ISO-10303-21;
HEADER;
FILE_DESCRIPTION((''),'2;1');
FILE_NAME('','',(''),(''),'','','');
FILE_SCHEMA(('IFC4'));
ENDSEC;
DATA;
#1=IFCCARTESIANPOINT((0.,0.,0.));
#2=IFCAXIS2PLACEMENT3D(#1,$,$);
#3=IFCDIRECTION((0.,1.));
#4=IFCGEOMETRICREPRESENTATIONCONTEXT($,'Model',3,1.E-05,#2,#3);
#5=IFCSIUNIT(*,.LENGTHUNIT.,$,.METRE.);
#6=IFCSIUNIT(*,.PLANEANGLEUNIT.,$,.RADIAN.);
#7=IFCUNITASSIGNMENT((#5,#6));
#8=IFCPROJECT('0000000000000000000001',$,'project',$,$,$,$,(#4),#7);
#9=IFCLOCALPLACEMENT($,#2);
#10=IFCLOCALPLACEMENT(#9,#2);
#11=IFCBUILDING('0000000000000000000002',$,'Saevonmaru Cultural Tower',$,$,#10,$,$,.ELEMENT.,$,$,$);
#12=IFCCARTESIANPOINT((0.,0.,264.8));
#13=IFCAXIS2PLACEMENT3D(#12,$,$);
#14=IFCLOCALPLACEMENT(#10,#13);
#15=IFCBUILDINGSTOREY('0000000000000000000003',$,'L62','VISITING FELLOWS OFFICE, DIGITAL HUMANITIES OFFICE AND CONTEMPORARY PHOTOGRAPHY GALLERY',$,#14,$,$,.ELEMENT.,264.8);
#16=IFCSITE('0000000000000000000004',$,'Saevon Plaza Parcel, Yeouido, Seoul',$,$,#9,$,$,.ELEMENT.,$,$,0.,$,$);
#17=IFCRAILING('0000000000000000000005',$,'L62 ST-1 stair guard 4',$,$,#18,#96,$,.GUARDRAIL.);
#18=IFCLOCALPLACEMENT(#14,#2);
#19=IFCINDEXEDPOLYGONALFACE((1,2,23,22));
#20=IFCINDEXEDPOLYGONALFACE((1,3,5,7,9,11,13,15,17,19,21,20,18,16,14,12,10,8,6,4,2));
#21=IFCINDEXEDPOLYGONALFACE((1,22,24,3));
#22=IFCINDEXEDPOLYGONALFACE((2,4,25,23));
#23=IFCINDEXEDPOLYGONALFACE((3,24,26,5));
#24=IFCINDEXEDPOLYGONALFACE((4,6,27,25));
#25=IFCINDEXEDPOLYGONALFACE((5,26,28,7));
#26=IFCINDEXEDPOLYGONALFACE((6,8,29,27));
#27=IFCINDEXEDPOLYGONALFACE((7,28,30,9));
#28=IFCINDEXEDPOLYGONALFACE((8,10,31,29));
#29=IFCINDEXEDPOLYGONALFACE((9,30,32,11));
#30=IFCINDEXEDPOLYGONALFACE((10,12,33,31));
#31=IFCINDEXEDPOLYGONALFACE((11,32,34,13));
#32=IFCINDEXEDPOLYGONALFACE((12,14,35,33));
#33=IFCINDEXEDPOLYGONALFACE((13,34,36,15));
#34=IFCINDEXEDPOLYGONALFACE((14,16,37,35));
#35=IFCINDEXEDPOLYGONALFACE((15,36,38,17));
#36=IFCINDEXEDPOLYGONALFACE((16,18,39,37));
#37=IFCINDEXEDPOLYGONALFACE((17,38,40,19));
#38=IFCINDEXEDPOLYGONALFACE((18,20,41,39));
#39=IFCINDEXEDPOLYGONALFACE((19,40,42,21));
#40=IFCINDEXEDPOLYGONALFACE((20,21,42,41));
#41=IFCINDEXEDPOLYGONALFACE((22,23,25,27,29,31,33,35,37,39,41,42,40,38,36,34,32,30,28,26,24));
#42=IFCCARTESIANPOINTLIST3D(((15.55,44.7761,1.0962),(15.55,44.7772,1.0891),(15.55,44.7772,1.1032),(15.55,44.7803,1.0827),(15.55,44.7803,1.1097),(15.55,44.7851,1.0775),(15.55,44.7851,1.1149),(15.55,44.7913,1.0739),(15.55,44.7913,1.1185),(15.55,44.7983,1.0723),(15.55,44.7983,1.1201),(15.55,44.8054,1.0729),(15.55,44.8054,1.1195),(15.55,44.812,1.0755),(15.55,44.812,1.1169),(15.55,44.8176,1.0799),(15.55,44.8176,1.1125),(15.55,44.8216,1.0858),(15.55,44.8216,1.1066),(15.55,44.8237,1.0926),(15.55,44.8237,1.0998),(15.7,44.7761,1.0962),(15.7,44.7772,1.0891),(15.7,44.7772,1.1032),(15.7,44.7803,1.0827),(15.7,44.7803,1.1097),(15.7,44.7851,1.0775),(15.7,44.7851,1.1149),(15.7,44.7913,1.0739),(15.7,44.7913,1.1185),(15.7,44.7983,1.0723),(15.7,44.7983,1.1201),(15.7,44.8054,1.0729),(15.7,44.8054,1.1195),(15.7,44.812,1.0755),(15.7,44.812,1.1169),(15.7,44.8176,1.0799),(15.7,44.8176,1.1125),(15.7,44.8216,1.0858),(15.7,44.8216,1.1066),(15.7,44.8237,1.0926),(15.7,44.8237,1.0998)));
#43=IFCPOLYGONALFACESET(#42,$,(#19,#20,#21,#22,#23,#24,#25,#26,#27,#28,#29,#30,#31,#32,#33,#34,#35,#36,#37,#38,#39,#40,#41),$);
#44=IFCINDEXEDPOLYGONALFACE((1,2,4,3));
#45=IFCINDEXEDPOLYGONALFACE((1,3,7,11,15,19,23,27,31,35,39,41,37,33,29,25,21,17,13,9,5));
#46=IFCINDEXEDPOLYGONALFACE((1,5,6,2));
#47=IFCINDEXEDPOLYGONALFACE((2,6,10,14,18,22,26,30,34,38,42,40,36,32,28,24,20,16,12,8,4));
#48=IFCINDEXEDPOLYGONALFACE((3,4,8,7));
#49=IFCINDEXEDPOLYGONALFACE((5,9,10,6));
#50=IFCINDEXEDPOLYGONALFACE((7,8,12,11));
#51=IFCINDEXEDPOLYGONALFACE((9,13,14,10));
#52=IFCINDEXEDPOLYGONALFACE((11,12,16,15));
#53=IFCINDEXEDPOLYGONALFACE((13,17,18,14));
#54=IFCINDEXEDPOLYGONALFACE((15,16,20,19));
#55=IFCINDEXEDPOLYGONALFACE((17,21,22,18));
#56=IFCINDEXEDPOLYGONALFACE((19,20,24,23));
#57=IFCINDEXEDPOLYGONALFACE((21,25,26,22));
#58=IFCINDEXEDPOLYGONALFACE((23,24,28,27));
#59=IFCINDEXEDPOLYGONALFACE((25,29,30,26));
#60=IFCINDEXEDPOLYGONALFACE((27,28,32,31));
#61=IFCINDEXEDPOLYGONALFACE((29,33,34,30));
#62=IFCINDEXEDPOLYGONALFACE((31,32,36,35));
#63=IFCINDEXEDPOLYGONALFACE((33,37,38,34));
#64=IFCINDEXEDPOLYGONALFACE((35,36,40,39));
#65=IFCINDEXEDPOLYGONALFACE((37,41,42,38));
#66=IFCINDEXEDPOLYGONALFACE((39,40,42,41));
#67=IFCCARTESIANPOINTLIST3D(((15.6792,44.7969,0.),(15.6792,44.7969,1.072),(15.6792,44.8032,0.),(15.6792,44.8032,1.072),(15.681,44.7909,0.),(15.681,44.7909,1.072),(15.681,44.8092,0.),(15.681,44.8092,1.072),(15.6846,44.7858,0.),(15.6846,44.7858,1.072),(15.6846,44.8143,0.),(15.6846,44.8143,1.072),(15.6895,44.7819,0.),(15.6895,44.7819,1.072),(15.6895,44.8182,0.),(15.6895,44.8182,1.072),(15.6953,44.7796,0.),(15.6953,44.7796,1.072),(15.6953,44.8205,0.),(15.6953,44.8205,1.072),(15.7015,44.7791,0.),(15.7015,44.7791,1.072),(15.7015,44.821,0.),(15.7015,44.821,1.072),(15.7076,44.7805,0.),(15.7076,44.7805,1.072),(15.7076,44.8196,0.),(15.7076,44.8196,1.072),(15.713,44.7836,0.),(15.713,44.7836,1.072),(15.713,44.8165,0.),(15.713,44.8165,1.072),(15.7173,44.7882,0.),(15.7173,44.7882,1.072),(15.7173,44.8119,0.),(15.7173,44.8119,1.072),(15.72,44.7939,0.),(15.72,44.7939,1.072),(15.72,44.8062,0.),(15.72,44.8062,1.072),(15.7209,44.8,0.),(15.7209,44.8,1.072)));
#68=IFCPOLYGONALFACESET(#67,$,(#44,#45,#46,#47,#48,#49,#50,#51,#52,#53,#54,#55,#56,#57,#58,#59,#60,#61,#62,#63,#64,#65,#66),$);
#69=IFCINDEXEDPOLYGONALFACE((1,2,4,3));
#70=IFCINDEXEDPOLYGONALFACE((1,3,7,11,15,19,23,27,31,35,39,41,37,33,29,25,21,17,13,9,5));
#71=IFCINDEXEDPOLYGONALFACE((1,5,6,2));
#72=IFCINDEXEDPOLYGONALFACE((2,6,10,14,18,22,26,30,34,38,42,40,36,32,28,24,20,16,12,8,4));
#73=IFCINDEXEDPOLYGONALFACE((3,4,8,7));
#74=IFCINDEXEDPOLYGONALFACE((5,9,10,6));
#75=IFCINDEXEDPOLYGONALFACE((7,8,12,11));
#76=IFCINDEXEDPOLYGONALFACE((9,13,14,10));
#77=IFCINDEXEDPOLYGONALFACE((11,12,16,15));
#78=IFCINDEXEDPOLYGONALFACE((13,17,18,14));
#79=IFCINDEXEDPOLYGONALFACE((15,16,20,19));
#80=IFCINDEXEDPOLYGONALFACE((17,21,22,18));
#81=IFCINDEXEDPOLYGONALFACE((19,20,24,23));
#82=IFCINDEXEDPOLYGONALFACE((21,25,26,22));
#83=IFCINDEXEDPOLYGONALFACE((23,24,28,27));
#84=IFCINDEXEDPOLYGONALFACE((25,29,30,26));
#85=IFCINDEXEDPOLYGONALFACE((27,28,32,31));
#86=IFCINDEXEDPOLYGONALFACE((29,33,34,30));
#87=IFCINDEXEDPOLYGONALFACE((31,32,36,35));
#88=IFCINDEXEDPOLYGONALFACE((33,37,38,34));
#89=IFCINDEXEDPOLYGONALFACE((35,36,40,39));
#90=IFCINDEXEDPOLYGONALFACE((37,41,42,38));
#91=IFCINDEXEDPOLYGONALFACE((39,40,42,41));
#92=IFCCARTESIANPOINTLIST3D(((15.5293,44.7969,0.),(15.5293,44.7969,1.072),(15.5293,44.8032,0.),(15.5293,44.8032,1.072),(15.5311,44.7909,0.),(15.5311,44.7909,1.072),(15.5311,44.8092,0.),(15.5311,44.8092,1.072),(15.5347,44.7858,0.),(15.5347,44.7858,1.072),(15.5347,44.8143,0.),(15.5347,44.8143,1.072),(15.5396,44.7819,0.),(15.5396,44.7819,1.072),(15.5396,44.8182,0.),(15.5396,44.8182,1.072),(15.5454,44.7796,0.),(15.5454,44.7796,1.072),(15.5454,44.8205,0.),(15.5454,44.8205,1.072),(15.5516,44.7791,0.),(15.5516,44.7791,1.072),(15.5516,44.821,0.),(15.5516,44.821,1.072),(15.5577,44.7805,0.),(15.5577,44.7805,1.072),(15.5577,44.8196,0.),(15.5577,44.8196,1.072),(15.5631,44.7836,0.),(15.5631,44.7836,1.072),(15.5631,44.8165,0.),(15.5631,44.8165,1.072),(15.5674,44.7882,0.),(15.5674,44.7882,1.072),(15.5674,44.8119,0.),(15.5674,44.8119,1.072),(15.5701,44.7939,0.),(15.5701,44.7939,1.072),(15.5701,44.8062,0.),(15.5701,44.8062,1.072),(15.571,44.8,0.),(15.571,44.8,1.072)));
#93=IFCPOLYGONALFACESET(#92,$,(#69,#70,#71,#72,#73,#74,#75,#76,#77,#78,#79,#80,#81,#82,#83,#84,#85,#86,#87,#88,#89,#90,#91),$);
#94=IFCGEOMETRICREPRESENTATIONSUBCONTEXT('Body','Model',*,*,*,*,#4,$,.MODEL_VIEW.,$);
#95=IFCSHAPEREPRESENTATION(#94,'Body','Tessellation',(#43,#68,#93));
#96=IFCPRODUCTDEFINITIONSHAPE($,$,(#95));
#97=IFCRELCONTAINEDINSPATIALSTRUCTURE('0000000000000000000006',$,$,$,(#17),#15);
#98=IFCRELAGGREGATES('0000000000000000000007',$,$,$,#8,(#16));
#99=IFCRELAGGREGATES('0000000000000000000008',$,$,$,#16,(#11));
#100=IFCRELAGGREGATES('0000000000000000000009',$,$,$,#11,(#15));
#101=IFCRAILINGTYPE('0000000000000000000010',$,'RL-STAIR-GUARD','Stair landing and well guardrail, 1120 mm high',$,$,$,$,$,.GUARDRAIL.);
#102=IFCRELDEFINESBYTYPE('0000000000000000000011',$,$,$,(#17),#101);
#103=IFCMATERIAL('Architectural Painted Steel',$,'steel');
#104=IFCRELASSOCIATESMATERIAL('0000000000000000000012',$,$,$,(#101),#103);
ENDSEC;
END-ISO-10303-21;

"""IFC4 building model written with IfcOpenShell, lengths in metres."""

from ifc_helpers import new_model, si_unit, direction, frame, origin, origin_2d, place, context, subcontext, project, spatial, circle, extrude, material, type_object, element, save


model = new_model("IFC4")

# Units and contexts
model_context = context("Model", 3, precision=1e-05, world=origin(), true_north=direction((0.0, 1.0)))
body_context = subcontext(model_context, "Body", "Model", "MODEL_VIEW")
ifc_project = project(units=[si_unit("LENGTHUNIT", "METRE"), si_unit("PLANEANGLEUNIT", "RADIAN")], contexts=[model_context])

# Site, building, storey
site_placement = place(None, origin())
site = spatial("IfcSite", under=ifc_project, at=site_placement, Name="Saevon Plaza Parcel, Yeouido, Seoul", CompositionType="ELEMENT", RefElevation=0.0)
building_placement = place(site_placement, origin())
building = spatial("IfcBuilding", under=site, at=building_placement, Name="Saevonmaru Cultural Tower", CompositionType="ELEMENT")
storey_placement = place(building_placement, frame((0.0, 0.0, 264.8)))
storey = spatial("IfcBuildingStorey", under=building, at=storey_placement, Name="L62", Description="VISITING FELLOWS OFFICE, DIGITAL HUMANITIES OFFICE AND CONTEMPORARY PHOTOGRAPHY GALLERY", CompositionType="ELEMENT", Elevation=264.8)

# Railing
ifc_material_1 = material(Name="Architectural Painted Steel", Category="steel")
railing_type_1 = type_object("IfcRailingType", Name="RL-STAIR-GUARD", Description="Stair landing and well guardrail, 1120 mm high", PredefinedType="GUARDRAIL", material=ifc_material_1)
railing_1_placement = place(storey_placement, frame((15.7, 44.8, 0.0)))
element("IfcRailing", 1, at=railing_1_placement, inside=storey, type_object=railing_type_1, Name="L62 ST-1 stair guard 4", PredefinedType="GUARDRAIL", context=body_context, shape_type="SweptSolid", body=[
    extrude(circle(Radius=0.0239, at=origin_2d()), frame((0.0, 0.0, 1.0962), z_axis=(-1.0, 0.0, 0.0), x_axis=(0.0, -1.0, 0.0)), (0.0, 0.0, 1.0), 0.1499),
    extrude(circle(Radius=0.021, at=origin_2d()), origin(), (0.0, 0.0, 1.0), 1.072),
    extrude(circle(Radius=0.021, at=origin_2d()), frame((-0.1499, 0.0, 0.0)), (0.0, 0.0, 1.0), 1.072),
])

save(model, "model.ifc")
